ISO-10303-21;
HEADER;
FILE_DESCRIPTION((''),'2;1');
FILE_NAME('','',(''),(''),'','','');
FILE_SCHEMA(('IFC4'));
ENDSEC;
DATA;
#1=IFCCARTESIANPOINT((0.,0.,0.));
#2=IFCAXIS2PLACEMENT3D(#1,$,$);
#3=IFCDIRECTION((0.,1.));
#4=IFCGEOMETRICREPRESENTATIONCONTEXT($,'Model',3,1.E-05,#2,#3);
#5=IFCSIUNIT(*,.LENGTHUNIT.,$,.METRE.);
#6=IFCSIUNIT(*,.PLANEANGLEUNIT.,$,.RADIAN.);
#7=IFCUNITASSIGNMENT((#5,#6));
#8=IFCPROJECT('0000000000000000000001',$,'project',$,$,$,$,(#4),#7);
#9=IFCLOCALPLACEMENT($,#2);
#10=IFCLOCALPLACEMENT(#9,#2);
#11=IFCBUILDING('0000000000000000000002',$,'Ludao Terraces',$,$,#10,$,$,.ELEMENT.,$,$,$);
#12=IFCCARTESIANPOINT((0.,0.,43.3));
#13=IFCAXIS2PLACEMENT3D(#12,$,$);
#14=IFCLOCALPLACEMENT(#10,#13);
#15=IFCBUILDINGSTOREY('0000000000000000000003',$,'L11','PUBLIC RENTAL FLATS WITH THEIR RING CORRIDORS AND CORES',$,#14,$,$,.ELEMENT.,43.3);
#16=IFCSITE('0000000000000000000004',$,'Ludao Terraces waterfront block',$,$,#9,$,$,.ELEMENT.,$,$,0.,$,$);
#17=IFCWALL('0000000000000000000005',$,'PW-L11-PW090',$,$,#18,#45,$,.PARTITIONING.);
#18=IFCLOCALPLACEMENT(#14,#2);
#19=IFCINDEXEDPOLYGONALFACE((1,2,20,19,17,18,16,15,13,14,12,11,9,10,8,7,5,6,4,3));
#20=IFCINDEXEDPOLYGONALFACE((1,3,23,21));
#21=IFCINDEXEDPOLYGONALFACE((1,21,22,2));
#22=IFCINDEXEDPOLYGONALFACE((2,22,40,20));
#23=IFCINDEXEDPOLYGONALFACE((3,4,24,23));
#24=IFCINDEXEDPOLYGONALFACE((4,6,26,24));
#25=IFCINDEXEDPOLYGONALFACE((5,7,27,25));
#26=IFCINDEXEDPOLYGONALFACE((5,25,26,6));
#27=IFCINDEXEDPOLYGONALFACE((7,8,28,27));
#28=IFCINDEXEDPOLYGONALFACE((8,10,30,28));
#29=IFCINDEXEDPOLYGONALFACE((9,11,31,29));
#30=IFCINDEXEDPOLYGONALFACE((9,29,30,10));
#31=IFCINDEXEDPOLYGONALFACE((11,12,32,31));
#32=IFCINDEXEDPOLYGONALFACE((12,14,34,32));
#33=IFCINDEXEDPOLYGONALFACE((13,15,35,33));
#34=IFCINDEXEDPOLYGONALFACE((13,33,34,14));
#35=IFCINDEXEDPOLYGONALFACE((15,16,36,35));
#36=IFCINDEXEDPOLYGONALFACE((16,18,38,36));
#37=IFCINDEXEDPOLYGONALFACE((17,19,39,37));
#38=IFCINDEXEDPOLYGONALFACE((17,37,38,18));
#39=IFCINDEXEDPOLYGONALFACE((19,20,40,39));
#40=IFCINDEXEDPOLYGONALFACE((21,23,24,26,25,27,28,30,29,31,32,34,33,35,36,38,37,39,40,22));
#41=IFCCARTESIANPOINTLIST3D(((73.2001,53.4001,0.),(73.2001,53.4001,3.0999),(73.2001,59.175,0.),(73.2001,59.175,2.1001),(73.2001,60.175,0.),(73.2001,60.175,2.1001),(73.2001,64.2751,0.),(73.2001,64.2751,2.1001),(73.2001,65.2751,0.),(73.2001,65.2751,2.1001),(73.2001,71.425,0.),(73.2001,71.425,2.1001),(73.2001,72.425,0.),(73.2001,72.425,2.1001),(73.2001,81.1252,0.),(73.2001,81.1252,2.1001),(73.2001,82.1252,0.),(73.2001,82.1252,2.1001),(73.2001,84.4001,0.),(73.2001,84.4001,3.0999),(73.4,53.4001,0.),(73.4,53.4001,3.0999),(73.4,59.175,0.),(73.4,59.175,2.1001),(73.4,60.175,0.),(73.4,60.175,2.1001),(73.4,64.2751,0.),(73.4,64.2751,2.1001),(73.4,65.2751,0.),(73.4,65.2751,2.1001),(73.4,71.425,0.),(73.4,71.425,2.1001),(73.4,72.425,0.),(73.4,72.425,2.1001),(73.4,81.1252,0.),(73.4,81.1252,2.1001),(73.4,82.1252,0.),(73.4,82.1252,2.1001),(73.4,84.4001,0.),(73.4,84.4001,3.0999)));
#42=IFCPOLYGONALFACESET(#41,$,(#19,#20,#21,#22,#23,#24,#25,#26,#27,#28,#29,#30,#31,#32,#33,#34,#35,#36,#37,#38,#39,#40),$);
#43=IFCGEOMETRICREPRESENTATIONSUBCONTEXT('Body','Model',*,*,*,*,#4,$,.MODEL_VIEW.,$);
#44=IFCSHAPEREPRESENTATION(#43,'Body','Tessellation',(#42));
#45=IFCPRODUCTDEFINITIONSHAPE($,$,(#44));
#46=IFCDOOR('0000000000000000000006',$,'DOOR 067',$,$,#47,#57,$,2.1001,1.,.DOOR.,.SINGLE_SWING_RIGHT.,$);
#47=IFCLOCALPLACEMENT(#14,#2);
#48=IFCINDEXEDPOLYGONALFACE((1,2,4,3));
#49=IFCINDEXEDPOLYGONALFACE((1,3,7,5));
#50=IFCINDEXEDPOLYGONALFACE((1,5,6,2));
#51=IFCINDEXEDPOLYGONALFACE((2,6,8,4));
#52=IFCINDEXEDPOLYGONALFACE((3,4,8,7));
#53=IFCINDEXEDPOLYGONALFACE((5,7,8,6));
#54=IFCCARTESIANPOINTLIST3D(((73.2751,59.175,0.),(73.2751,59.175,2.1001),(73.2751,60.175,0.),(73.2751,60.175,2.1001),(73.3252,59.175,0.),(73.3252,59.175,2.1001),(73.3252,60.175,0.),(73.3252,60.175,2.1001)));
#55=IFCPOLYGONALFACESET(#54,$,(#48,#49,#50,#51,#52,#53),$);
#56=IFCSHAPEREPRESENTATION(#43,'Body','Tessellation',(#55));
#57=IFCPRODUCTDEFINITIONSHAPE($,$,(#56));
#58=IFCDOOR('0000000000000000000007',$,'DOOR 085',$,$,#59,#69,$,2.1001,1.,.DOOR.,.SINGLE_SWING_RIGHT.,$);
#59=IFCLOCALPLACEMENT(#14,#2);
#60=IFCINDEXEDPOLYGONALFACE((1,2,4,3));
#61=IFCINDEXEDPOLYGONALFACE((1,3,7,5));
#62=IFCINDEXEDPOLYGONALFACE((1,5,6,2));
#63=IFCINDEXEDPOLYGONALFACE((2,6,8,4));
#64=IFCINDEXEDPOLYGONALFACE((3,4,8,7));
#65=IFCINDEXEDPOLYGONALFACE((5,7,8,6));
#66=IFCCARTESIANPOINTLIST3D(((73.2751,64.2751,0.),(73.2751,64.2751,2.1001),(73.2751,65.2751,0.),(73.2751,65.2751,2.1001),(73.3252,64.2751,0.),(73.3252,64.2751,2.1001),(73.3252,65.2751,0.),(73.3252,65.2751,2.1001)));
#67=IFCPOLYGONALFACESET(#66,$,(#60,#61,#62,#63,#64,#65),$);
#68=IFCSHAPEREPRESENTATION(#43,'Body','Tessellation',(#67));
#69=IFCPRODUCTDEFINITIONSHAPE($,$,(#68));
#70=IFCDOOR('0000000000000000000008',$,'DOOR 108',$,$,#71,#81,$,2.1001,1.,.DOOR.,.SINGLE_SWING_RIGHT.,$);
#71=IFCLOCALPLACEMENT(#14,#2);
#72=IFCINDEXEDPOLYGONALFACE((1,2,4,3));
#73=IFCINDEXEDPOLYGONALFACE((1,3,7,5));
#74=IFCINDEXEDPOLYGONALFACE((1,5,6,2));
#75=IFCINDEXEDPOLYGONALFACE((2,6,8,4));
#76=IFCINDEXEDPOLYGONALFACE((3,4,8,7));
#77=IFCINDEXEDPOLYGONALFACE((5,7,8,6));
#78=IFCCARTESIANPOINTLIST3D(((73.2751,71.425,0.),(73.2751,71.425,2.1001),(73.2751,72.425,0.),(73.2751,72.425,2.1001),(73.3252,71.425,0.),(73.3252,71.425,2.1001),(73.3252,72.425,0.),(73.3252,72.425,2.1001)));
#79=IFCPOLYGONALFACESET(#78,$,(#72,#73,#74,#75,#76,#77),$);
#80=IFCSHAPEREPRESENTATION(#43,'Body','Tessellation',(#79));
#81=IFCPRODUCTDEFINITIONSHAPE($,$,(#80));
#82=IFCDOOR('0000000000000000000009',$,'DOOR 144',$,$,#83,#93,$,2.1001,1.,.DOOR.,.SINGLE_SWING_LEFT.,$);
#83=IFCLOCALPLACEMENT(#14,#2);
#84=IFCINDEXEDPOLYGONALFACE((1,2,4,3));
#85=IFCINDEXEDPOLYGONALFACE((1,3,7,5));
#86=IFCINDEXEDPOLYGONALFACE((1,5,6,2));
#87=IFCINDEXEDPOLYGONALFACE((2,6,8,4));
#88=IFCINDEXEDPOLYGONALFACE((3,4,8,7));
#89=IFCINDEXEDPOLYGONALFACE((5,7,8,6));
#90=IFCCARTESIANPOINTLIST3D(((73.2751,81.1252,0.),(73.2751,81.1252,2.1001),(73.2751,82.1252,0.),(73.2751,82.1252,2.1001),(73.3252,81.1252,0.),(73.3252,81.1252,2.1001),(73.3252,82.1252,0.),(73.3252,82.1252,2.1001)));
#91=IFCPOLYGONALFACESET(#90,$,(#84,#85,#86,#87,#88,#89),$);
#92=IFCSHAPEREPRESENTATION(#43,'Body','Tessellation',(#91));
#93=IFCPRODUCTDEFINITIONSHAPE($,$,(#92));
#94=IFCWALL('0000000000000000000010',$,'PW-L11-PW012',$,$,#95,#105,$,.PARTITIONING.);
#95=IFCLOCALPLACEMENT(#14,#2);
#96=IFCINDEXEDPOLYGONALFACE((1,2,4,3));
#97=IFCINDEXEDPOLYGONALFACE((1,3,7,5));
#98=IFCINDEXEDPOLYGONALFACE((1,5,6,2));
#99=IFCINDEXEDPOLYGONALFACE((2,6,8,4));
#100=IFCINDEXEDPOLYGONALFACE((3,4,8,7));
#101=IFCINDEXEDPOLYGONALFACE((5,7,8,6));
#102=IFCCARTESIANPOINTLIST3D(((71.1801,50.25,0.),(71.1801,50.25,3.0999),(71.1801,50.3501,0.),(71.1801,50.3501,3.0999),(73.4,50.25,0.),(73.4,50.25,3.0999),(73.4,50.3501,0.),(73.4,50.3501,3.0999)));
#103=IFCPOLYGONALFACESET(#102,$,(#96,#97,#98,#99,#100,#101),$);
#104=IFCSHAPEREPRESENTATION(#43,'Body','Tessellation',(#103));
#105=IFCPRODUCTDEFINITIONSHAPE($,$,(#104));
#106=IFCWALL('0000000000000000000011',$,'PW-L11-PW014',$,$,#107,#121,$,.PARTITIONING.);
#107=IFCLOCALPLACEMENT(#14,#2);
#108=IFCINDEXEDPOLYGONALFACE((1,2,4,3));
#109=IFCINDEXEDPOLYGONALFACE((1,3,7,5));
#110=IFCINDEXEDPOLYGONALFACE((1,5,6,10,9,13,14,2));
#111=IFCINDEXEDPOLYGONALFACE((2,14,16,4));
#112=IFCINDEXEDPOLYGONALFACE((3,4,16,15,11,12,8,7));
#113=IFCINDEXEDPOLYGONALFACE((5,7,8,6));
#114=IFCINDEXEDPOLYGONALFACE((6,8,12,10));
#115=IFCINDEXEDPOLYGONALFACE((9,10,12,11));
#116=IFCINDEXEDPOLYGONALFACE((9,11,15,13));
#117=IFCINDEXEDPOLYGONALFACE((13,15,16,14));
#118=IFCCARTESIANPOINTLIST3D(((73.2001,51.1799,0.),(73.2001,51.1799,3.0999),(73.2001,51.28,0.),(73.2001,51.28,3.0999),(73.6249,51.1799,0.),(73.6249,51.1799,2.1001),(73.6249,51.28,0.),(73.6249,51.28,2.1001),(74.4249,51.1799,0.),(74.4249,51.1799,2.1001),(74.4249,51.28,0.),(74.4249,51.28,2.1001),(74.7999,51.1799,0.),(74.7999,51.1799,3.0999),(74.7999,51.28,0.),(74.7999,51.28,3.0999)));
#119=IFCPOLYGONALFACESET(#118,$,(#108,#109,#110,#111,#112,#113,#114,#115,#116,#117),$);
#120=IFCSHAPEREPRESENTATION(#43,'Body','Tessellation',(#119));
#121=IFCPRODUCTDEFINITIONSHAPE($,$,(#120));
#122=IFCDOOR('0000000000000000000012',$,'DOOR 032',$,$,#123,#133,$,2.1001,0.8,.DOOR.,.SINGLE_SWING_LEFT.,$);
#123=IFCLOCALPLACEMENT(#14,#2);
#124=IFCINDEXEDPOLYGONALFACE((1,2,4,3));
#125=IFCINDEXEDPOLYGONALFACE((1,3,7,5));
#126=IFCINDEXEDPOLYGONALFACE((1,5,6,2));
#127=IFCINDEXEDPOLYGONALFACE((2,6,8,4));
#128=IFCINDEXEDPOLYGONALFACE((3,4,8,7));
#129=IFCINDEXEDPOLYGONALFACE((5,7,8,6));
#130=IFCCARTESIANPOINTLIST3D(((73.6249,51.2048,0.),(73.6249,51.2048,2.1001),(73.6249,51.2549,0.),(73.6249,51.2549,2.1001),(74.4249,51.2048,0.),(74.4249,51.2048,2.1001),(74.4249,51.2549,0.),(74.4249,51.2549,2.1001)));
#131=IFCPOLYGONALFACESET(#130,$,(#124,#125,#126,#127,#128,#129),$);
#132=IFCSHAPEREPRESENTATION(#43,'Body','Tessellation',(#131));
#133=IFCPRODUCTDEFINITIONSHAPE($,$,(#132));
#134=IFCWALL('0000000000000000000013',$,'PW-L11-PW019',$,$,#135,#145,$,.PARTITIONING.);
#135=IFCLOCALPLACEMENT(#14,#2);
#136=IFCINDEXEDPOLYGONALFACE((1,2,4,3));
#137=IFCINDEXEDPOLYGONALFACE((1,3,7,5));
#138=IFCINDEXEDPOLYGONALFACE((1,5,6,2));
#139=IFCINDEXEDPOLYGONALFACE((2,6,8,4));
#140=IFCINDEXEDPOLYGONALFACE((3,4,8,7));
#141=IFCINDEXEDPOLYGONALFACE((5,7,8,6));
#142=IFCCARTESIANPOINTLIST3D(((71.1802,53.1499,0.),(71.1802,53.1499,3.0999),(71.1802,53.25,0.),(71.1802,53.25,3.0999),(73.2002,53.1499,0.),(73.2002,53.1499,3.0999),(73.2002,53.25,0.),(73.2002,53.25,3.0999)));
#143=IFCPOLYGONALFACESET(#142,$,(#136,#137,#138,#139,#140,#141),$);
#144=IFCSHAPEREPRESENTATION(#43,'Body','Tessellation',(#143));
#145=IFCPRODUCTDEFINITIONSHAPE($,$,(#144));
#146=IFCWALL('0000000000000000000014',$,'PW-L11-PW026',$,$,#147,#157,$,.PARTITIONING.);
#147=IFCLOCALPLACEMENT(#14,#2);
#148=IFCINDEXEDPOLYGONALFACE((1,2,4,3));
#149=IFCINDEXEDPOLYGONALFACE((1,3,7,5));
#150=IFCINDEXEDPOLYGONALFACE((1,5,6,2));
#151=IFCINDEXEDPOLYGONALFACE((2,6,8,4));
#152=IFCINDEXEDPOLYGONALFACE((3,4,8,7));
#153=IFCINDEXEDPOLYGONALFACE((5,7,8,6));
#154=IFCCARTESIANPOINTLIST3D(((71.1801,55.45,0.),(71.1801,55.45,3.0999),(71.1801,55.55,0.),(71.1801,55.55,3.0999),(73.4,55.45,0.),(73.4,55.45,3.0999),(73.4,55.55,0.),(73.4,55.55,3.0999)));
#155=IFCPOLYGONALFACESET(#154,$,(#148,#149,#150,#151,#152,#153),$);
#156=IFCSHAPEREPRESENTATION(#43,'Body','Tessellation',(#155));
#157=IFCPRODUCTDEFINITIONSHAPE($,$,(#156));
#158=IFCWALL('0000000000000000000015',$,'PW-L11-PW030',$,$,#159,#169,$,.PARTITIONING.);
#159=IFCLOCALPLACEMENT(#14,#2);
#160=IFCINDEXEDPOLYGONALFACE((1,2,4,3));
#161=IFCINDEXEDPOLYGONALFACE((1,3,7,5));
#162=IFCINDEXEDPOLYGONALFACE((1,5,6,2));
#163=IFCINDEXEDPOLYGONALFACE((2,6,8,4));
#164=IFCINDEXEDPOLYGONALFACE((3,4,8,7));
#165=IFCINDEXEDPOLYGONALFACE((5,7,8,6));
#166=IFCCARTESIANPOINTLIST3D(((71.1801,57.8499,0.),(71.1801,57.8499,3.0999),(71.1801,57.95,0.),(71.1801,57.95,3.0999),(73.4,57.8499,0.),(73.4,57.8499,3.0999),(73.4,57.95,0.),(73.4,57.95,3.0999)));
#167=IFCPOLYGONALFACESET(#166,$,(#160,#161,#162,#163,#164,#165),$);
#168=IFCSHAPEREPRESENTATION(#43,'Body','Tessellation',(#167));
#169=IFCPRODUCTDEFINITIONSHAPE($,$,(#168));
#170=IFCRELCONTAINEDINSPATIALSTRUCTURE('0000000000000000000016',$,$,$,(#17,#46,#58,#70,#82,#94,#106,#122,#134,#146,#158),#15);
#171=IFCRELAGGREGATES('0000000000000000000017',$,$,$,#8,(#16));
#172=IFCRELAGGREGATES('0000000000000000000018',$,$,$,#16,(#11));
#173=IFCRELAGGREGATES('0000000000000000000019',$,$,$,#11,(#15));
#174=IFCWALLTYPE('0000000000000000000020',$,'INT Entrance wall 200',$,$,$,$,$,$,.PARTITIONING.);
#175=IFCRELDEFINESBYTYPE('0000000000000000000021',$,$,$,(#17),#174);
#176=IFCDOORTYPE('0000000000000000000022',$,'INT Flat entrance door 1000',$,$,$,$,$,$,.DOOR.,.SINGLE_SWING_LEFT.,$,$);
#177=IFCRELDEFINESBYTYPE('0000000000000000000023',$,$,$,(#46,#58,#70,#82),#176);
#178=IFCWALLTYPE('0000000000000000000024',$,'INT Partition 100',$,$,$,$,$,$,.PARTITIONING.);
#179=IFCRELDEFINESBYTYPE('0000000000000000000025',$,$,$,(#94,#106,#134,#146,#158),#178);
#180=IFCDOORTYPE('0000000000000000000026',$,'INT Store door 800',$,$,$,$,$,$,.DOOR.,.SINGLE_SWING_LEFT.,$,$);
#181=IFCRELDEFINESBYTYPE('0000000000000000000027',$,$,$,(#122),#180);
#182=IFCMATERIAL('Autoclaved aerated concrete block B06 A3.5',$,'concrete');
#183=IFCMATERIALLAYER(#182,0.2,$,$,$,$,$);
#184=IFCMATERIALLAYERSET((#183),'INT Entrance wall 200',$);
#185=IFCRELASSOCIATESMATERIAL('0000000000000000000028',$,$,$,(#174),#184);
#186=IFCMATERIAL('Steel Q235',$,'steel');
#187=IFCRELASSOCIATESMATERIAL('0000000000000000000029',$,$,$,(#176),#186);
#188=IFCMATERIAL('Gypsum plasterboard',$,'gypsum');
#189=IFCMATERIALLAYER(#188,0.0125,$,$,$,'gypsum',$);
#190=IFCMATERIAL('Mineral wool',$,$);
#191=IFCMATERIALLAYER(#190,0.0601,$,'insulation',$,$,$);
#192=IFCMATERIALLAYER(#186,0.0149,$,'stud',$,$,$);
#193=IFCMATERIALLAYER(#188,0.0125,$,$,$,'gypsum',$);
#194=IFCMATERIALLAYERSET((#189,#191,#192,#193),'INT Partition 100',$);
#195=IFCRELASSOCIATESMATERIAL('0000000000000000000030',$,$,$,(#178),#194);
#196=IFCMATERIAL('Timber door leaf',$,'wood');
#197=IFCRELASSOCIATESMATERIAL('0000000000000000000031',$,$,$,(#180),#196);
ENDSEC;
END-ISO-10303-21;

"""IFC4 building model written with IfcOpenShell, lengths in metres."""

from ifc_helpers import new_model, si_unit, direction, frame, frame_2d, origin, place, context, subcontext, project, spatial, rectangle, extrude, material, layer, layer_set, type_object, element, fill, save


model = new_model("IFC4")

# Units and contexts
model_context = context("Model", 3, precision=1e-05, world=origin(), true_north=direction((0.0, 1.0)))
body_context = subcontext(model_context, "Body", "Model", "MODEL_VIEW")
ifc_project = project(units=[si_unit("LENGTHUNIT", "METRE"), si_unit("PLANEANGLEUNIT", "RADIAN")], contexts=[model_context])

# Site, building, storey
site_placement = place(None, origin())
site = spatial("IfcSite", under=ifc_project, at=site_placement, Name="Ludao Terraces waterfront block", CompositionType="ELEMENT", RefElevation=0.0)
building_placement = place(site_placement, origin())
building = spatial("IfcBuilding", under=site, at=building_placement, Name="Ludao Terraces", CompositionType="ELEMENT")
storey_placement = place(building_placement, frame((0.0, 0.0, 43.3)))
storey = spatial("IfcBuildingStorey", under=building, at=storey_placement, Name="L11", Description="PUBLIC RENTAL FLATS WITH THEIR RING CORRIDORS AND CORES", CompositionType="ELEMENT", Elevation=43.3)

# Wall, openings, doors
ifc_material_1 = material(Name="Autoclaved aerated concrete block B06 A3.5", Category="concrete")
ifc_layer_1 = layer(ifc_material_1, 0.2)
ifc_layer_set_1 = layer_set([ifc_layer_1], Name="INT Entrance wall 200")
wall_type_1 = type_object("IfcWallType", Name="INT Entrance wall 200", PredefinedType="PARTITIONING", material=ifc_layer_set_1)
ifc_material_2 = material(Name="Steel Q235", Category="steel")
door_type_1 = type_object("IfcDoorType", Name="INT Flat entrance door 1000", OperationType="SINGLE_SWING_LEFT", PredefinedType="DOOR", material=ifc_material_2)
wall_1_placement = place(storey_placement, frame((73.3, 53.4001, 0.0), z_axis=(0.0, 0.0, 1.0), x_axis=(0.0, 1.0, 0.0)))
wall_1 = element("IfcWall", 1, at=wall_1_placement, inside=storey, type_object=wall_type_1, Name="PW-L11-PW090", PredefinedType="PARTITIONING", context=body_context, shape_type="SweptSolid", body=[
    extrude(rectangle(XDim=31.0, YDim=0.2, at=frame_2d((15.5, 0.0))), origin(), (0.0, 0.0, 1.0), 3.0999),
])
opening_1_placement = place(wall_1_placement, frame((5.7749, 0.0, 0.0)))
opening_1 = element("IfcOpeningElement", 2, at=opening_1_placement, cuts=wall_1, PredefinedType="OPENING", context=body_context, shape_type="SweptSolid", body=[
    extrude(rectangle(XDim=1.0, YDim=2.1001, at=frame_2d((0.5, 1.05))), frame((0.0, 0.1099, 0.0), z_axis=(0.0, -1.0, 0.0), x_axis=(1.0, 0.0, 0.0)), (0.0, 0.0, 1.0), 0.22),
])
opening_2_placement = place(wall_1_placement, frame((10.875, 0.0, 0.0)))
opening_2 = element("IfcOpeningElement", 3, at=opening_2_placement, cuts=wall_1, PredefinedType="OPENING", context=body_context, shape_type="SweptSolid", body=[
    extrude(rectangle(XDim=1.0, YDim=2.1001, at=frame_2d((0.5, 1.05))), frame((0.0, 0.1099, 0.0), z_axis=(0.0, -1.0, 0.0), x_axis=(1.0, 0.0, 0.0)), (0.0, 0.0, 1.0), 0.22),
])
opening_3_placement = place(wall_1_placement, frame((18.0249, 0.0, 0.0)))
opening_3 = element("IfcOpeningElement", 4, at=opening_3_placement, cuts=wall_1, PredefinedType="OPENING", context=body_context, shape_type="SweptSolid", body=[
    extrude(rectangle(XDim=1.0, YDim=2.1001, at=frame_2d((0.5, 1.05))), frame((0.0, 0.1099, 0.0), z_axis=(0.0, -1.0, 0.0), x_axis=(1.0, 0.0, 0.0)), (0.0, 0.0, 1.0), 0.22),
])
opening_4_placement = place(wall_1_placement, frame((27.7251, 0.0, 0.0)))
opening_4 = element("IfcOpeningElement", 5, at=opening_4_placement, cuts=wall_1, PredefinedType="OPENING", context=body_context, shape_type="SweptSolid", body=[
    extrude(rectangle(XDim=1.0, YDim=2.1001, at=frame_2d((0.5, 1.05))), frame((0.0, 0.1099, 0.0), z_axis=(0.0, -1.0, 0.0), x_axis=(1.0, 0.0, 0.0)), (0.0, 0.0, 1.0), 0.22),
])
door_1_placement = place(opening_1_placement, origin())
door_1 = element("IfcDoor", 6, at=door_1_placement, inside=storey, type_object=door_type_1, Name="DOOR 067", OperationType="SINGLE_SWING_RIGHT", OverallHeight=2.1001, OverallWidth=1.0, PredefinedType="DOOR", context=body_context, shape_type="SweptSolid", body=[
    extrude(rectangle(XDim=1.0, YDim=2.1001, at=frame_2d((0.5, 1.05))), frame((0.0, 0.0249, 0.0), z_axis=(0.0, -1.0, 0.0), x_axis=(1.0, 0.0, 0.0)), (0.0, 0.0, 1.0), 0.05),
])
fill(opening_1, door_1)
door_2_placement = place(opening_2_placement, origin())
door_2 = element("IfcDoor", 7, at=door_2_placement, inside=storey, type_object=door_type_1, Name="DOOR 085", OperationType="SINGLE_SWING_RIGHT", OverallHeight=2.1001, OverallWidth=1.0, PredefinedType="DOOR", context=body_context, shape_type="SweptSolid", body=[
    extrude(rectangle(XDim=1.0, YDim=2.1001, at=frame_2d((0.5, 1.05))), frame((0.0, 0.0249, 0.0), z_axis=(0.0, -1.0, 0.0), x_axis=(1.0, 0.0, 0.0)), (0.0, 0.0, 1.0), 0.05),
])
fill(opening_2, door_2)
door_3_placement = place(opening_3_placement, origin())
door_3 = element("IfcDoor", 8, at=door_3_placement, inside=storey, type_object=door_type_1, Name="DOOR 108", OperationType="SINGLE_SWING_RIGHT", OverallHeight=2.1001, OverallWidth=1.0, PredefinedType="DOOR", context=body_context, shape_type="SweptSolid", body=[
    extrude(rectangle(XDim=1.0, YDim=2.1001, at=frame_2d((0.5, 1.05))), frame((0.0, 0.0249, 0.0), z_axis=(0.0, -1.0, 0.0), x_axis=(1.0, 0.0, 0.0)), (0.0, 0.0, 1.0), 0.05),
])
fill(opening_3, door_3)
door_4_placement = place(opening_4_placement, origin())
door_4 = element("IfcDoor", 9, at=door_4_placement, inside=storey, type_object=door_type_1, Name="DOOR 144", OperationType="SINGLE_SWING_LEFT", OverallHeight=2.1001, OverallWidth=1.0, PredefinedType="DOOR", context=body_context, shape_type="SweptSolid", body=[
    extrude(rectangle(XDim=1.0, YDim=2.1001, at=frame_2d((0.5, 1.05))), frame((0.0, 0.0249, 0.0), z_axis=(0.0, -1.0, 0.0), x_axis=(1.0, 0.0, 0.0)), (0.0, 0.0, 1.0), 0.05),
])
fill(opening_4, door_4)

# Wall
ifc_material_3 = material(Name="Gypsum plasterboard", Category="gypsum")
ifc_layer_2 = layer(ifc_material_3, 0.0125, Category="gypsum")
ifc_material_4 = material(Name="Mineral wool")
ifc_layer_3 = layer(ifc_material_4, 0.0601, Name="insulation")
ifc_layer_4 = layer(ifc_material_2, 0.0149, Name="stud")
ifc_layer_5 = layer(ifc_material_3, 0.0125, Category="gypsum")
ifc_layer_set_2 = layer_set([ifc_layer_2, ifc_layer_3, ifc_layer_4, ifc_layer_5], Name="INT Partition 100")
wall_type_2 = type_object("IfcWallType", Name="INT Partition 100", PredefinedType="PARTITIONING", material=ifc_layer_set_2)
wall_2_placement = place(storey_placement, frame((71.1802, 50.3, 0.0), z_axis=(0.0, 0.0, 1.0), x_axis=(1.0, 0.0, 0.0)))
element("IfcWall", 10, at=wall_2_placement, inside=storey, type_object=wall_type_2, Name="PW-L11-PW012", PredefinedType="PARTITIONING", context=body_context, shape_type="SweptSolid", body=[
    extrude(rectangle(XDim=2.22, YDim=0.1001, at=frame_2d((1.1099, 0.0))), origin(), (0.0, 0.0, 1.0), 3.0999),
])

# Wall, opening, door
wall_3_placement = place(storey_placement, frame((73.2002, 51.23, 0.0), z_axis=(0.0, 0.0, 1.0), x_axis=(1.0, 0.0, 0.0)))
wall_3 = element("IfcWall", 11, at=wall_3_placement, inside=storey, type_object=wall_type_2, Name="PW-L11-PW014", PredefinedType="PARTITIONING", context=body_context, shape_type="SweptSolid", body=[
    extrude(rectangle(XDim=1.5999, YDim=0.1001, at=frame_2d((0.7998, 0.0))), origin(), (0.0, 0.0, 1.0), 3.0999),
])
opening_5_placement = place(wall_3_placement, frame((0.4248, 0.0, 0.0)))
opening_5 = element("IfcOpeningElement", 12, at=opening_5_placement, cuts=wall_3, PredefinedType="OPENING", context=body_context, shape_type="SweptSolid", body=[
    extrude(rectangle(XDim=0.8, YDim=2.1001, at=frame_2d((0.3999, 1.05))), frame((0.0, 0.0601, 0.0), z_axis=(0.0, -1.0, 0.0), x_axis=(1.0, 0.0, 0.0)), (0.0, 0.0, 1.0), 0.1201),
])
ifc_material_5 = material(Name="Timber door leaf", Category="wood")
door_type_2 = type_object("IfcDoorType", Name="INT Store door 800", OperationType="SINGLE_SWING_LEFT", PredefinedType="DOOR", material=ifc_material_5)
door_5_placement = place(opening_5_placement, origin())
door_5 = element("IfcDoor", 13, at=door_5_placement, inside=storey, type_object=door_type_2, Name="DOOR 032", OperationType="SINGLE_SWING_LEFT", OverallHeight=2.1001, OverallWidth=0.8, PredefinedType="DOOR", context=body_context, shape_type="SweptSolid", body=[
    extrude(rectangle(XDim=0.8, YDim=2.1001, at=frame_2d((0.3999, 1.05))), frame((0.0, 0.0249, 0.0), z_axis=(0.0, -1.0, 0.0), x_axis=(1.0, 0.0, 0.0)), (0.0, 0.0, 1.0), 0.05),
])
fill(opening_5, door_5)

# Walls
wall_4_placement = place(storey_placement, frame((71.1802, 53.2, 0.0), z_axis=(0.0, 0.0, 1.0), x_axis=(1.0, 0.0, 0.0)))
element("IfcWall", 14, at=wall_4_placement, inside=storey, type_object=wall_type_2, Name="PW-L11-PW019", PredefinedType="PARTITIONING", context=body_context, shape_type="SweptSolid", body=[
    extrude(rectangle(XDim=2.02, YDim=0.1001, at=frame_2d((1.01, 0.0))), origin(), (0.0, 0.0, 1.0), 3.0999),
])
for number, where, z_axis, x_axis, name in (
    (15, (71.1802, 55.5, 0.0), (0.0, 0.0, 1.0), (1.0, 0.0, 0.0), "PW-L11-PW026"),
    (16, (71.1802, 57.8999, 0.0), (0.0, 0.0, 1.0), (1.0, 0.0, 0.0), "PW-L11-PW030"),
):
    element("IfcWall", number, at=place(storey_placement, frame(where, z_axis=z_axis, x_axis=x_axis)), inside=storey, type_object=wall_type_2, Name=name, PredefinedType="PARTITIONING", context=body_context, shape_type="SweptSolid", body=[
        extrude(rectangle(XDim=2.22, YDim=0.1001, at=frame_2d((1.1099, 0.0))), origin(), (0.0, 0.0, 1.0), 3.0999),
    ])

save(model, "model.ifc")
